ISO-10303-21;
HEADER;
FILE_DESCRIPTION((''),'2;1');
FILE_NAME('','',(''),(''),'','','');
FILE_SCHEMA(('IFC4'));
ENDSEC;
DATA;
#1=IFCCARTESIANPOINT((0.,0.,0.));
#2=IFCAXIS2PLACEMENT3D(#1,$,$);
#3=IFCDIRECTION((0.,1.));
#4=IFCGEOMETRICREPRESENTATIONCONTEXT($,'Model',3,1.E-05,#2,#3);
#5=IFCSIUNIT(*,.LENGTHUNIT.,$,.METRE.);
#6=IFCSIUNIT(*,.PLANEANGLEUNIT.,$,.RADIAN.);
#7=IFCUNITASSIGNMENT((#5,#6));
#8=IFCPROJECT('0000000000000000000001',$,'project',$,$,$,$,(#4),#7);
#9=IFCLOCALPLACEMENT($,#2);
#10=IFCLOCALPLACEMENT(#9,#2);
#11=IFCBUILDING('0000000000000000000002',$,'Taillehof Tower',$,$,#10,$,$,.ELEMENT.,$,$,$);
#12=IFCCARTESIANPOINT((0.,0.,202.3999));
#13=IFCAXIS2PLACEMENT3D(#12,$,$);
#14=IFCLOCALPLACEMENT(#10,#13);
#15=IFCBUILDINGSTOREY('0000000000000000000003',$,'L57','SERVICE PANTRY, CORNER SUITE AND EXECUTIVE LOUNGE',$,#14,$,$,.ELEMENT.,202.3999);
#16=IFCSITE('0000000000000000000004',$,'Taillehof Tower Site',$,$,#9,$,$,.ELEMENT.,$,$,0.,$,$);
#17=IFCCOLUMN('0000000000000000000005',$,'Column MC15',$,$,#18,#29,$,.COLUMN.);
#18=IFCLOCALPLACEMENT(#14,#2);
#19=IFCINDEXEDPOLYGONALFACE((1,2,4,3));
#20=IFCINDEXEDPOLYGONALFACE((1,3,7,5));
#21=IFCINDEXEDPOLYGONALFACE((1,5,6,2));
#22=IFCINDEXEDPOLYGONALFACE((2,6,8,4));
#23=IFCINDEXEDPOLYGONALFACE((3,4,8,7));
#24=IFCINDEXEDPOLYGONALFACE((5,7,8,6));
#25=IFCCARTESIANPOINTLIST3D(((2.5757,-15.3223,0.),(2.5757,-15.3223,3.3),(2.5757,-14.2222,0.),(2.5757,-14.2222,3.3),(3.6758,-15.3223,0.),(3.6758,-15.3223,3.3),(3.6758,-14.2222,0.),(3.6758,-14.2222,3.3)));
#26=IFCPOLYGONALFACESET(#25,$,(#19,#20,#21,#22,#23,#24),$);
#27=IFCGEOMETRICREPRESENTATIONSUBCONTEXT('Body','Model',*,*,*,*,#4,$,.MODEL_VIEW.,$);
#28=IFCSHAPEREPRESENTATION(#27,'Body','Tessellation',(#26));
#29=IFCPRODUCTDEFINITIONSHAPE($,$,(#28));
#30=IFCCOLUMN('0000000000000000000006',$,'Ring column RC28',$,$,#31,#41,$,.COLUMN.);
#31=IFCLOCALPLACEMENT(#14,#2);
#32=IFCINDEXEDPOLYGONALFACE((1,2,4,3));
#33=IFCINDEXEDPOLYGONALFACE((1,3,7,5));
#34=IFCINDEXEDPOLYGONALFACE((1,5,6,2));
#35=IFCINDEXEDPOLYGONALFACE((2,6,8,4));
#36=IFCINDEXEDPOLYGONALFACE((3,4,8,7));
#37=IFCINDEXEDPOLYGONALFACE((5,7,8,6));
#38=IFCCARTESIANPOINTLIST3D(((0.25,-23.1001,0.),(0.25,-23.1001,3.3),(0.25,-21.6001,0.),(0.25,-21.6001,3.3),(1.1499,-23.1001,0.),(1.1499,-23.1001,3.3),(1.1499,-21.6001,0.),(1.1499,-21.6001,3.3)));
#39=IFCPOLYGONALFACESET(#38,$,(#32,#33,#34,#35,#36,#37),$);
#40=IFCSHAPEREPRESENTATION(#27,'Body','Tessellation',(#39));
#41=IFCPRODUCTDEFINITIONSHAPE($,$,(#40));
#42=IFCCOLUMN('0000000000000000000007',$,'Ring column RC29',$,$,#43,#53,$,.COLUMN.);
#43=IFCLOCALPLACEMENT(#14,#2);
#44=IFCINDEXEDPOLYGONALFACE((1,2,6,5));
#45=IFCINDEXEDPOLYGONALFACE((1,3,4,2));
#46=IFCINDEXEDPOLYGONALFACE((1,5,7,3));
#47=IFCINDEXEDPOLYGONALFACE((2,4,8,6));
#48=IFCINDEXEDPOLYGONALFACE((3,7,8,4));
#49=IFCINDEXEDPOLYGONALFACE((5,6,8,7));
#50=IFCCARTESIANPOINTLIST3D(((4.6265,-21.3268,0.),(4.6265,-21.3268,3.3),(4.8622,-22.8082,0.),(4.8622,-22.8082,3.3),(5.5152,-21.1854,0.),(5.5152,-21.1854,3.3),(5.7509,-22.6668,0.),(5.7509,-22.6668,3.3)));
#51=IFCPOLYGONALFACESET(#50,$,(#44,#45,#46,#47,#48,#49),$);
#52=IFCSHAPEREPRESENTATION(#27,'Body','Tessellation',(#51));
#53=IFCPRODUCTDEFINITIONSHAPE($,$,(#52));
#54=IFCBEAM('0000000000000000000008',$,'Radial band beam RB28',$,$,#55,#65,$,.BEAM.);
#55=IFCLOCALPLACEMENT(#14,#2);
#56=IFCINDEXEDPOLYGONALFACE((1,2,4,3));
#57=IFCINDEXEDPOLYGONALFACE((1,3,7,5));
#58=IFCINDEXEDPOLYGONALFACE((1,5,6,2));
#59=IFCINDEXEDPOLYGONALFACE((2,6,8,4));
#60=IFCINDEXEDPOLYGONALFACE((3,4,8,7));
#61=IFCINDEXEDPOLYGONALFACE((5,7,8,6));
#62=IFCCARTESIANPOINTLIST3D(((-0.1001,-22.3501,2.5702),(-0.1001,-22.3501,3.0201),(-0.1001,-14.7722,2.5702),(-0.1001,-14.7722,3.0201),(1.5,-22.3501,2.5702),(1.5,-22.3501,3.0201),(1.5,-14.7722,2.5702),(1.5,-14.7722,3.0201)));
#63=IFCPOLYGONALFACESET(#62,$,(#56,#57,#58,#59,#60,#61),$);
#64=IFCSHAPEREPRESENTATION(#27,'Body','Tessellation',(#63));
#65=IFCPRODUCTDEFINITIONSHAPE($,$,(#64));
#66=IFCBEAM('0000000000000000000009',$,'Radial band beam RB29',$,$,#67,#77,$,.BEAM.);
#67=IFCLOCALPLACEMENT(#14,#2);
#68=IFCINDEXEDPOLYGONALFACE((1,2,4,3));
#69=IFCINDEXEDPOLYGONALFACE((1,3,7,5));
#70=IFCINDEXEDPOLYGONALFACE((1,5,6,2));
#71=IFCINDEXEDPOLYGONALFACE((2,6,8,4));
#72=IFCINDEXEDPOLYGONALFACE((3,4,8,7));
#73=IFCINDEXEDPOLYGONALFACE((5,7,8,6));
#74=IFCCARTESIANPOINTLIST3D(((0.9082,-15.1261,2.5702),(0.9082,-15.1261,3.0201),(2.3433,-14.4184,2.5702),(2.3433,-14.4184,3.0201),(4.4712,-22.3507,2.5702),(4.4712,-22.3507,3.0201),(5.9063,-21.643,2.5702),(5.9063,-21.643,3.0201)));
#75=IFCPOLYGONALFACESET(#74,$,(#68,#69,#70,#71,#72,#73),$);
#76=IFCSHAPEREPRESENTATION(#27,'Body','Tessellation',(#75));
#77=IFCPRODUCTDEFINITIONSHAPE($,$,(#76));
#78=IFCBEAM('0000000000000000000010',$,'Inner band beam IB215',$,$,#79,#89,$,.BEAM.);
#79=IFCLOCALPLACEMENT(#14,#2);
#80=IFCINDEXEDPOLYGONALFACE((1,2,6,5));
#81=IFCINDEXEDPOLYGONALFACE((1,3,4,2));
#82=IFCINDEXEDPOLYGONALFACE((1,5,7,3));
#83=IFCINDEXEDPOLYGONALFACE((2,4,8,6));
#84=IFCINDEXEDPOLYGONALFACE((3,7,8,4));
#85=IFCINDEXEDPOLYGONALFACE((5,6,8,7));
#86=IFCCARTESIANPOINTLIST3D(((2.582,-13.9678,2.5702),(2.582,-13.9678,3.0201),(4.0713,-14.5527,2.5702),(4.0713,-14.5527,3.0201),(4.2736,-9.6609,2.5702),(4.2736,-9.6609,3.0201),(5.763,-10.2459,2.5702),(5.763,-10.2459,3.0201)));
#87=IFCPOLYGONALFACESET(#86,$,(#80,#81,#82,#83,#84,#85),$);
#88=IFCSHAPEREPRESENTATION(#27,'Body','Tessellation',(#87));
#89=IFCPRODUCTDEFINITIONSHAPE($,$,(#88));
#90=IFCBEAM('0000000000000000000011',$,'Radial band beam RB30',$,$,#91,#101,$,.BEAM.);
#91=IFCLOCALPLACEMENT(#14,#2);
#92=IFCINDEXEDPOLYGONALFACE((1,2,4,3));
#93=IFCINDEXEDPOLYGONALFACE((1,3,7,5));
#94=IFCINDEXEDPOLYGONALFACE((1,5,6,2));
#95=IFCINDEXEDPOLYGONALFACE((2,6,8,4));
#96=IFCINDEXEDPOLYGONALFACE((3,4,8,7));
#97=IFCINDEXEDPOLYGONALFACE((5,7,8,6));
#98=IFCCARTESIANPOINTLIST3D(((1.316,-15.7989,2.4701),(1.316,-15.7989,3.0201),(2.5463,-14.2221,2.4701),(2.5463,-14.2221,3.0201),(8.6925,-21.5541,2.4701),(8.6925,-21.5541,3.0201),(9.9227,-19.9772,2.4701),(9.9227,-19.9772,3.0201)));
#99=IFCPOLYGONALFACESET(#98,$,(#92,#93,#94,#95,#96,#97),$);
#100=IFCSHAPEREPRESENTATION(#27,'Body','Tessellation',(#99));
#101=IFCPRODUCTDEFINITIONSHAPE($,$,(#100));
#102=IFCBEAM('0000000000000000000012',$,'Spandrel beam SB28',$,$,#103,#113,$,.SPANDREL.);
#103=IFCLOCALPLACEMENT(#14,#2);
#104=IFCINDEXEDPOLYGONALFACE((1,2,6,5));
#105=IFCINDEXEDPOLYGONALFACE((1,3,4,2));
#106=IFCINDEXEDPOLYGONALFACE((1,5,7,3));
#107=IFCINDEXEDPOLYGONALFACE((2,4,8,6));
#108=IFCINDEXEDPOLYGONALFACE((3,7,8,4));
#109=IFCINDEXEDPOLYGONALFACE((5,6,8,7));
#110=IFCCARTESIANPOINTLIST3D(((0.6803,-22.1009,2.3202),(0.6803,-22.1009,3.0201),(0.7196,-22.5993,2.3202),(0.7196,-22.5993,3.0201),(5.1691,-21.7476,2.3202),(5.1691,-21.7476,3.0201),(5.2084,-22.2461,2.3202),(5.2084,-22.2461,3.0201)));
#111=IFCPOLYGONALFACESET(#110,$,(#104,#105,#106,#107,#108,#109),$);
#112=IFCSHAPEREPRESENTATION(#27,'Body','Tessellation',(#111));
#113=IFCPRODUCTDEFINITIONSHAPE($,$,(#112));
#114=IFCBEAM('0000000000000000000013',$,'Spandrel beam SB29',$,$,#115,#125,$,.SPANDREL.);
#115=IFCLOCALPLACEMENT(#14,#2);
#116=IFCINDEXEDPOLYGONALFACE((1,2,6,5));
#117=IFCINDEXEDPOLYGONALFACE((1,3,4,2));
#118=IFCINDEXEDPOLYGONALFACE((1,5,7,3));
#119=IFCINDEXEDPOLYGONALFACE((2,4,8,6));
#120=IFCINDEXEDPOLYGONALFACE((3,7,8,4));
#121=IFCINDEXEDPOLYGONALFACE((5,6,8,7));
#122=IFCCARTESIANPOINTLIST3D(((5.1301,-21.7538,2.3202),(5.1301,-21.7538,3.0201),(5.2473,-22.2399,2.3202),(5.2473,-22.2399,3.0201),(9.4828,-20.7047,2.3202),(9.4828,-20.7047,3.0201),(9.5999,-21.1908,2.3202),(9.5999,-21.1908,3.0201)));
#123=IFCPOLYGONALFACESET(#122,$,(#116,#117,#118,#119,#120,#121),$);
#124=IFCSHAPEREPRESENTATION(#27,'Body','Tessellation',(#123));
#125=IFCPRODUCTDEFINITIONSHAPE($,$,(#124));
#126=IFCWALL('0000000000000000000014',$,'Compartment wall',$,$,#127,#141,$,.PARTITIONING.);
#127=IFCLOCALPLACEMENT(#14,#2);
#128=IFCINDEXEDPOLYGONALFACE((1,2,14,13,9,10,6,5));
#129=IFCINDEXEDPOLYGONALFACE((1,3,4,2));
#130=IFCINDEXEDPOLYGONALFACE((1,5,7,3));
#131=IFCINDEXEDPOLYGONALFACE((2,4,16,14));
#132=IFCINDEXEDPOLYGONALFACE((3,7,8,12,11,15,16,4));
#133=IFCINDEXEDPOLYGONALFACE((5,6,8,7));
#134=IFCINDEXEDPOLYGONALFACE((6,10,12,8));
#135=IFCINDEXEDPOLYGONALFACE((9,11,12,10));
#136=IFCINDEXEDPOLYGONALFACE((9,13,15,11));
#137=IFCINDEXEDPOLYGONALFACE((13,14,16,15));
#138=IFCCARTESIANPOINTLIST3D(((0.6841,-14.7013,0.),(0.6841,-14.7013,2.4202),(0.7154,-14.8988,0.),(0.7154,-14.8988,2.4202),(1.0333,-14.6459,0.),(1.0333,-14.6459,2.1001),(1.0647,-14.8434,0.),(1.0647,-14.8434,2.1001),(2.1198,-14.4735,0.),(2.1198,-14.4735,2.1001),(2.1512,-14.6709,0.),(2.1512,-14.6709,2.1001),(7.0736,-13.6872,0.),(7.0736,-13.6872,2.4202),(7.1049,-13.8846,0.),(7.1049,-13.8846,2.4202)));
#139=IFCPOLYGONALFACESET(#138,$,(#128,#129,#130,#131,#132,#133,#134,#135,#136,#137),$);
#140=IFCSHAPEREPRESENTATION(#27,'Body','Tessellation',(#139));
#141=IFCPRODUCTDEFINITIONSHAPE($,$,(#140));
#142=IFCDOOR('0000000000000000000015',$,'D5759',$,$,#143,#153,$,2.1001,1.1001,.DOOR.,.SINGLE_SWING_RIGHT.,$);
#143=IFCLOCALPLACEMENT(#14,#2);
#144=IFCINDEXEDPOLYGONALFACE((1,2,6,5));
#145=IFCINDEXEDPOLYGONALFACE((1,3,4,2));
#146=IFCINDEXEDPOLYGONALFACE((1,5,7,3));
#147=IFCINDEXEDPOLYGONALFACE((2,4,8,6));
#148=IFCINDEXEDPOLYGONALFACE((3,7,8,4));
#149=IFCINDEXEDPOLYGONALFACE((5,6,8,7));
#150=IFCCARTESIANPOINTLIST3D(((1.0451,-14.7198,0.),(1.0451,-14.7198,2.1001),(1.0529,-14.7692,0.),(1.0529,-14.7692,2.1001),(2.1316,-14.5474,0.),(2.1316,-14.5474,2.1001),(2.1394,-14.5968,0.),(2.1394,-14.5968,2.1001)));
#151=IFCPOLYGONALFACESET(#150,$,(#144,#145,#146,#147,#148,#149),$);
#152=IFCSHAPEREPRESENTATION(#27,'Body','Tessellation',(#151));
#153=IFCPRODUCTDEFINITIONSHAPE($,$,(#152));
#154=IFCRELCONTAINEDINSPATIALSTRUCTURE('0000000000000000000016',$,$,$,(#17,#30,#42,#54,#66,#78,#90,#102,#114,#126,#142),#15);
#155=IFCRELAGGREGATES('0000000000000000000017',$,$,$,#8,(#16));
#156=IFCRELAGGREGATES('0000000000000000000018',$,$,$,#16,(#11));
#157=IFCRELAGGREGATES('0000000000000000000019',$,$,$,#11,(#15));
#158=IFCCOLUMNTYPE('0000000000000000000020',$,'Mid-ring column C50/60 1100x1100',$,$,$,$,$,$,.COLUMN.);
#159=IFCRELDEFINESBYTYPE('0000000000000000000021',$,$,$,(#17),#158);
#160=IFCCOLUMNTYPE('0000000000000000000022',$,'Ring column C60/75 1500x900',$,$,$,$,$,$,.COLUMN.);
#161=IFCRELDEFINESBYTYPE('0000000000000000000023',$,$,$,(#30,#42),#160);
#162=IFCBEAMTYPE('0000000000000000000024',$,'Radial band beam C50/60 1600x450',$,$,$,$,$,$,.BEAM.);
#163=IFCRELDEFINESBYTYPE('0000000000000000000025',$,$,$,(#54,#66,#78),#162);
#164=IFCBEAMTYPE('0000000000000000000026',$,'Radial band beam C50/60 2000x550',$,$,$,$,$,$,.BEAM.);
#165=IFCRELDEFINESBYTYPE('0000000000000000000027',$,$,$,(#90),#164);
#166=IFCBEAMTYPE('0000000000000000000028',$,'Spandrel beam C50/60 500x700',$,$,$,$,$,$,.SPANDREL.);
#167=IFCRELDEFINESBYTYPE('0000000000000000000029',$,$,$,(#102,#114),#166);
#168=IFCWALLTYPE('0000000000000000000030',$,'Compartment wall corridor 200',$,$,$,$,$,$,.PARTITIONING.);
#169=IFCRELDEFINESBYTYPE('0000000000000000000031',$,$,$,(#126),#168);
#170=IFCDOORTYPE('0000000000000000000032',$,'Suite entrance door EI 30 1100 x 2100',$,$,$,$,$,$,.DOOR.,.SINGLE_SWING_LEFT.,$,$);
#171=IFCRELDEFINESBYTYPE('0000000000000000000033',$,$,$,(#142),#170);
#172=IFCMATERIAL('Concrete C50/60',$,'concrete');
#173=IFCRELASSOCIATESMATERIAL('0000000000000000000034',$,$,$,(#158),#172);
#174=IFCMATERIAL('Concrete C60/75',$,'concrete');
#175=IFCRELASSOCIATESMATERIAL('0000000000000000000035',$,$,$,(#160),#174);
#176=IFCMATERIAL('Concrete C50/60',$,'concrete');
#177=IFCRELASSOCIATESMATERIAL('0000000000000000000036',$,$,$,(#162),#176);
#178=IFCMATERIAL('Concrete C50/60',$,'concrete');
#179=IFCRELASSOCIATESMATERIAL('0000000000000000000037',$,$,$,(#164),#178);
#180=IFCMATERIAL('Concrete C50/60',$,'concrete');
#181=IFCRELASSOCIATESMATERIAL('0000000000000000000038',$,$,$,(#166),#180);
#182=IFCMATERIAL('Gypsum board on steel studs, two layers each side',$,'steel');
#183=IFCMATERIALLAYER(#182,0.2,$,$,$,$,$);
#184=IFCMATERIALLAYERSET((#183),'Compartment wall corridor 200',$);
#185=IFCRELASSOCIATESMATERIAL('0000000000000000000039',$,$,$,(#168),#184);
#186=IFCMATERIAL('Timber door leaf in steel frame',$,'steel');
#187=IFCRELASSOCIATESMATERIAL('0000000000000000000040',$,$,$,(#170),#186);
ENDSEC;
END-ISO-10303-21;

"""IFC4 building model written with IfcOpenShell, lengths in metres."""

from ifc_helpers import new_model, si_unit, direction, frame, frame_2d, origin, origin_2d, place, context, subcontext, project, spatial, rectangle, extrude, material, layer, layer_set, material_profile, profile_set, type_object, element, fill, save


model = new_model("IFC4")

# Units and contexts
model_context = context("Model", 3, precision=1e-05, world=origin(), true_north=direction((0.0, 1.0)))
body_context = subcontext(model_context, "Body", "Model", "MODEL_VIEW")
ifc_project = project(units=[si_unit("LENGTHUNIT", "METRE"), si_unit("PLANEANGLEUNIT", "RADIAN")], contexts=[model_context])

# Site, building, storey
site_placement = place(None, origin())
site = spatial("IfcSite", under=ifc_project, at=site_placement, Name="Taillehof Tower Site", CompositionType="ELEMENT", RefElevation=0.0)
building_placement = place(site_placement, origin())
building = spatial("IfcBuilding", under=site, at=building_placement, Name="Taillehof Tower", CompositionType="ELEMENT")
storey_placement = place(building_placement, frame((0.0, 0.0, 202.3999)))
storey = spatial("IfcBuildingStorey", under=building, at=storey_placement, Name="L57", Description="SERVICE PANTRY, CORNER SUITE AND EXECUTIVE LOUNGE", CompositionType="ELEMENT", Elevation=202.3999)

# Columns
ifc_material_1 = material(Name="Concrete C50/60", Category="concrete")
ifc_material_profile_1 = material_profile(ifc_material_1, rectangle(XDim=1.1001, YDim=1.1001, at=origin_2d()), Name="RC 1100x1100")
ifc_profile_set_1 = profile_set([ifc_material_profile_1], Name="Concrete C50/60")
column_type_1 = type_object("IfcColumnType", Name="Mid-ring column C50/60 1100x1100", PredefinedType="COLUMN", material=ifc_profile_set_1)
column_placement = place(storey_placement, frame((3.1257, -14.7722, 0.0), z_axis=(0.0, 0.0, 1.0), x_axis=(1.0, 0.0, 0.0)))
element("IfcColumn", 1, at=column_placement, inside=storey, type_object=column_type_1, Name="Column MC15", PredefinedType="COLUMN", context=body_context, shape_type="SweptSolid", body=[
    extrude(rectangle(XDim=1.1001, YDim=1.1001, at=origin_2d()), origin(), (0.0, 0.0, 1.0), 3.3),
])
ifc_material_2 = material(Name="Concrete C60/75", Category="concrete")
ifc_material_profile_2 = material_profile(ifc_material_2, rectangle(XDim=1.5, YDim=0.8999, at=origin_2d()), Name="RC 1500x900")
ifc_profile_set_2 = profile_set([ifc_material_profile_2], Name="Concrete C60/75")
column_type_2 = type_object("IfcColumnType", Name="Ring column C60/75 1500x900", PredefinedType="COLUMN", material=ifc_profile_set_2)
for number, where, z_axis, x_axis, name in (
    (2, (0.7, -22.3501, 0.0), (0.0, 0.0, 1.0), (0.0, -1.0, 0.0), "Ring column RC28"),
    (3, (5.1887, -21.9968, 0.0), (0.0, 0.0, 1.0), (0.157116, -0.98758, 0.0), "Ring column RC29"),
):
    element("IfcColumn", number, at=place(storey_placement, frame(where, z_axis=z_axis, x_axis=x_axis)), inside=storey, type_object=column_type_2, Name=name, PredefinedType="COLUMN", context=body_context, shape_type="SweptSolid", body=[
        extrude(rectangle(XDim=1.5, YDim=0.8999, at=origin_2d()), origin(), (0.0, 0.0, 1.0), 3.3),
    ])

# Beams
ifc_material_3 = material(Name="Concrete C50/60", Category="concrete")
ifc_material_profile_3 = material_profile(ifc_material_3, rectangle(XDim=1.6001, YDim=0.45, at=origin_2d()), Name="RC 1600x450")
ifc_profile_set_3 = profile_set([ifc_material_profile_3], Name="Concrete C50/60")
beam_type_1 = type_object("IfcBeamType", Name="Radial band beam C50/60 1600x450", PredefinedType="BEAM", material=ifc_profile_set_3)
beam_1_placement = place(storey_placement, frame((0.7, -22.3501, 2.7952), z_axis=(0.0, 1.0, 0.0), x_axis=(-1.0, 0.0, 0.0)))
element("IfcBeam", 4, at=beam_1_placement, inside=storey, type_object=beam_type_1, Name="Radial band beam RB28", PredefinedType="BEAM", context=body_context, shape_type="SweptSolid", body=[
    extrude(rectangle(XDim=1.6001, YDim=0.45, at=origin_2d()), origin(), (0.0, 0.0, 1.0), 7.5779),
])
beam_2_placement = place(storey_placement, frame((5.1887, -21.9968, 2.7952), z_axis=(-0.442309, 0.896863, 0.0), x_axis=(-0.896863, -0.442309, 0.0)))
element("IfcBeam", 5, at=beam_2_placement, inside=storey, type_object=beam_type_1, Name="Radial band beam RB29", PredefinedType="BEAM", context=body_context, shape_type="SweptSolid", body=[
    extrude(rectangle(XDim=1.6001, YDim=0.45, at=origin_2d()), origin(), (0.0, 0.0, 1.0), 8.0554),
])
beam_3_placement = place(storey_placement, frame((3.3267, -14.2603, 2.7952), z_axis=(0.365589, 0.930777, 0.0), x_axis=(-0.930777, 0.365589, 0.0)))
element("IfcBeam", 6, at=beam_3_placement, inside=storey, type_object=beam_type_1, Name="Inner band beam IB215", PredefinedType="BEAM", context=body_context, shape_type="SweptSolid", body=[
    extrude(rectangle(XDim=1.6001, YDim=0.45, at=origin_2d()), origin(), (0.0, 0.0, 1.0), 4.6272),
])
ifc_material_4 = material(Name="Concrete C50/60", Category="concrete")
ifc_material_profile_4 = material_profile(ifc_material_4, rectangle(XDim=2.0, YDim=0.55, at=origin_2d()), Name="RC 2000x550")
ifc_profile_set_4 = profile_set([ifc_material_profile_4], Name="Concrete C50/60")
beam_type_2 = type_object("IfcBeamType", Name="Radial band beam C50/60 2000x550", PredefinedType="BEAM", material=ifc_profile_set_4)
beam_4_placement = place(storey_placement, frame((9.3076, -20.7656, 2.7451), z_axis=(-0.788425, 0.61513, 0.0), x_axis=(-0.61513, -0.788425, 0.0)))
element("IfcBeam", 7, at=beam_4_placement, inside=storey, type_object=beam_type_2, Name="Radial band beam RB30", PredefinedType="BEAM", context=body_context, shape_type="SweptSolid", body=[
    extrude(rectangle(XDim=2.0, YDim=0.55, at=origin_2d()), origin(), (0.0, 0.0, 1.0), 9.356),
])
ifc_material_5 = material(Name="Concrete C50/60", Category="concrete")
ifc_material_profile_5 = material_profile(ifc_material_5, rectangle(XDim=0.5, YDim=0.7, at=origin_2d()), Name="RC 500x700")
ifc_profile_set_5 = profile_set([ifc_material_profile_5], Name="Concrete C50/60")
beam_type_3 = type_object("IfcBeamType", Name="Spandrel beam C50/60 500x700", PredefinedType="SPANDREL", material=ifc_profile_set_5)
beam_5_placement = place(storey_placement, frame((0.7, -22.3501, 2.6702), z_axis=(0.996917, 0.078459, 0.0), x_axis=(-0.078459, 0.996917, 0.0)))
element("IfcBeam", 8, at=beam_5_placement, inside=storey, type_object=beam_type_3, Name="Spandrel beam SB28", PredefinedType="SPANDREL", context=body_context, shape_type="SweptSolid", body=[
    extrude(rectangle(XDim=0.5, YDim=0.7, at=origin_2d()), origin(), (0.0, 0.0, 1.0), 4.5027),
])
beam_6_placement = place(storey_placement, frame((5.1887, -21.9968, 2.6702), z_axis=(0.972161, 0.234315, 0.0), x_axis=(-0.234315, 0.972161, 0.0)))
element("IfcBeam", 9, at=beam_6_placement, inside=storey, type_object=beam_type_3, Name="Spandrel beam SB29", PredefinedType="SPANDREL", context=body_context, shape_type="SweptSolid", body=[
    extrude(rectangle(XDim=0.5, YDim=0.7, at=origin_2d()), origin(), (0.0, 0.0, 1.0), 4.4773),
])

# Wall, opening, door
ifc_material_6 = material(Name="Gypsum board on steel studs, two layers each side", Category="steel")
ifc_layer_1 = layer(ifc_material_6, 0.2)
ifc_layer_set_1 = layer_set([ifc_layer_1], Name="Compartment wall corridor 200")
wall_type_1 = type_object("IfcWallType", Name="Compartment wall corridor 200", PredefinedType="PARTITIONING", material=ifc_layer_set_1)
wall_1_placement = place(storey_placement, frame((7.0894, -13.7859, 0.0), z_axis=(0.0, 0.0, 1.0), x_axis=(-0.987636, -0.156763, 0.0)))
wall_1 = element("IfcWall", 10, at=wall_1_placement, inside=storey, type_object=wall_type_1, Name="Compartment wall", PredefinedType="PARTITIONING", context=body_context, shape_type="SweptSolid", body=[
    extrude(rectangle(XDim=6.4695, YDim=0.2, at=frame_2d((3.2349, 0.0))), origin(), (0.0, 0.0, 1.0), 2.4202),
])
opening_1_placement = place(wall_1_placement, frame((5.0159, 0.0, 0.0)))
opening_1 = element("IfcOpeningElement", 11, at=opening_1_placement, cuts=wall_1, PredefinedType="OPENING", context=body_context, shape_type="SweptSolid", body=[
    extrude(rectangle(XDim=1.1001, YDim=2.1001, at=frame_2d((0.55, 1.05))), frame((0.0, 0.1099, 0.0), z_axis=(0.0, -1.0, 0.0), x_axis=(1.0, 0.0, 0.0)), (0.0, 0.0, 1.0), 0.22),
])
ifc_material_7 = material(Name="Timber door leaf in steel frame", Category="steel")
door_type_1 = type_object("IfcDoorType", Name="Suite entrance door EI 30 1100 x 2100", OperationType="SINGLE_SWING_LEFT", PredefinedType="DOOR", material=ifc_material_7)
door_1_placement = place(opening_1_placement, origin())
door_1 = element("IfcDoor", 12, at=door_1_placement, inside=storey, type_object=door_type_1, Name="D5759", OperationType="SINGLE_SWING_RIGHT", OverallHeight=2.1001, OverallWidth=1.1001, PredefinedType="DOOR", context=body_context, shape_type="SweptSolid", body=[
    extrude(rectangle(XDim=1.1001, YDim=2.1001, at=frame_2d((0.55, 1.05))), frame((0.0, 0.0249, 0.0), z_axis=(0.0, -1.0, 0.0), x_axis=(1.0, 0.0, 0.0)), (0.0, 0.0, 1.0), 0.05),
])
fill(opening_1, door_1)

save(model, "model.ifc")
